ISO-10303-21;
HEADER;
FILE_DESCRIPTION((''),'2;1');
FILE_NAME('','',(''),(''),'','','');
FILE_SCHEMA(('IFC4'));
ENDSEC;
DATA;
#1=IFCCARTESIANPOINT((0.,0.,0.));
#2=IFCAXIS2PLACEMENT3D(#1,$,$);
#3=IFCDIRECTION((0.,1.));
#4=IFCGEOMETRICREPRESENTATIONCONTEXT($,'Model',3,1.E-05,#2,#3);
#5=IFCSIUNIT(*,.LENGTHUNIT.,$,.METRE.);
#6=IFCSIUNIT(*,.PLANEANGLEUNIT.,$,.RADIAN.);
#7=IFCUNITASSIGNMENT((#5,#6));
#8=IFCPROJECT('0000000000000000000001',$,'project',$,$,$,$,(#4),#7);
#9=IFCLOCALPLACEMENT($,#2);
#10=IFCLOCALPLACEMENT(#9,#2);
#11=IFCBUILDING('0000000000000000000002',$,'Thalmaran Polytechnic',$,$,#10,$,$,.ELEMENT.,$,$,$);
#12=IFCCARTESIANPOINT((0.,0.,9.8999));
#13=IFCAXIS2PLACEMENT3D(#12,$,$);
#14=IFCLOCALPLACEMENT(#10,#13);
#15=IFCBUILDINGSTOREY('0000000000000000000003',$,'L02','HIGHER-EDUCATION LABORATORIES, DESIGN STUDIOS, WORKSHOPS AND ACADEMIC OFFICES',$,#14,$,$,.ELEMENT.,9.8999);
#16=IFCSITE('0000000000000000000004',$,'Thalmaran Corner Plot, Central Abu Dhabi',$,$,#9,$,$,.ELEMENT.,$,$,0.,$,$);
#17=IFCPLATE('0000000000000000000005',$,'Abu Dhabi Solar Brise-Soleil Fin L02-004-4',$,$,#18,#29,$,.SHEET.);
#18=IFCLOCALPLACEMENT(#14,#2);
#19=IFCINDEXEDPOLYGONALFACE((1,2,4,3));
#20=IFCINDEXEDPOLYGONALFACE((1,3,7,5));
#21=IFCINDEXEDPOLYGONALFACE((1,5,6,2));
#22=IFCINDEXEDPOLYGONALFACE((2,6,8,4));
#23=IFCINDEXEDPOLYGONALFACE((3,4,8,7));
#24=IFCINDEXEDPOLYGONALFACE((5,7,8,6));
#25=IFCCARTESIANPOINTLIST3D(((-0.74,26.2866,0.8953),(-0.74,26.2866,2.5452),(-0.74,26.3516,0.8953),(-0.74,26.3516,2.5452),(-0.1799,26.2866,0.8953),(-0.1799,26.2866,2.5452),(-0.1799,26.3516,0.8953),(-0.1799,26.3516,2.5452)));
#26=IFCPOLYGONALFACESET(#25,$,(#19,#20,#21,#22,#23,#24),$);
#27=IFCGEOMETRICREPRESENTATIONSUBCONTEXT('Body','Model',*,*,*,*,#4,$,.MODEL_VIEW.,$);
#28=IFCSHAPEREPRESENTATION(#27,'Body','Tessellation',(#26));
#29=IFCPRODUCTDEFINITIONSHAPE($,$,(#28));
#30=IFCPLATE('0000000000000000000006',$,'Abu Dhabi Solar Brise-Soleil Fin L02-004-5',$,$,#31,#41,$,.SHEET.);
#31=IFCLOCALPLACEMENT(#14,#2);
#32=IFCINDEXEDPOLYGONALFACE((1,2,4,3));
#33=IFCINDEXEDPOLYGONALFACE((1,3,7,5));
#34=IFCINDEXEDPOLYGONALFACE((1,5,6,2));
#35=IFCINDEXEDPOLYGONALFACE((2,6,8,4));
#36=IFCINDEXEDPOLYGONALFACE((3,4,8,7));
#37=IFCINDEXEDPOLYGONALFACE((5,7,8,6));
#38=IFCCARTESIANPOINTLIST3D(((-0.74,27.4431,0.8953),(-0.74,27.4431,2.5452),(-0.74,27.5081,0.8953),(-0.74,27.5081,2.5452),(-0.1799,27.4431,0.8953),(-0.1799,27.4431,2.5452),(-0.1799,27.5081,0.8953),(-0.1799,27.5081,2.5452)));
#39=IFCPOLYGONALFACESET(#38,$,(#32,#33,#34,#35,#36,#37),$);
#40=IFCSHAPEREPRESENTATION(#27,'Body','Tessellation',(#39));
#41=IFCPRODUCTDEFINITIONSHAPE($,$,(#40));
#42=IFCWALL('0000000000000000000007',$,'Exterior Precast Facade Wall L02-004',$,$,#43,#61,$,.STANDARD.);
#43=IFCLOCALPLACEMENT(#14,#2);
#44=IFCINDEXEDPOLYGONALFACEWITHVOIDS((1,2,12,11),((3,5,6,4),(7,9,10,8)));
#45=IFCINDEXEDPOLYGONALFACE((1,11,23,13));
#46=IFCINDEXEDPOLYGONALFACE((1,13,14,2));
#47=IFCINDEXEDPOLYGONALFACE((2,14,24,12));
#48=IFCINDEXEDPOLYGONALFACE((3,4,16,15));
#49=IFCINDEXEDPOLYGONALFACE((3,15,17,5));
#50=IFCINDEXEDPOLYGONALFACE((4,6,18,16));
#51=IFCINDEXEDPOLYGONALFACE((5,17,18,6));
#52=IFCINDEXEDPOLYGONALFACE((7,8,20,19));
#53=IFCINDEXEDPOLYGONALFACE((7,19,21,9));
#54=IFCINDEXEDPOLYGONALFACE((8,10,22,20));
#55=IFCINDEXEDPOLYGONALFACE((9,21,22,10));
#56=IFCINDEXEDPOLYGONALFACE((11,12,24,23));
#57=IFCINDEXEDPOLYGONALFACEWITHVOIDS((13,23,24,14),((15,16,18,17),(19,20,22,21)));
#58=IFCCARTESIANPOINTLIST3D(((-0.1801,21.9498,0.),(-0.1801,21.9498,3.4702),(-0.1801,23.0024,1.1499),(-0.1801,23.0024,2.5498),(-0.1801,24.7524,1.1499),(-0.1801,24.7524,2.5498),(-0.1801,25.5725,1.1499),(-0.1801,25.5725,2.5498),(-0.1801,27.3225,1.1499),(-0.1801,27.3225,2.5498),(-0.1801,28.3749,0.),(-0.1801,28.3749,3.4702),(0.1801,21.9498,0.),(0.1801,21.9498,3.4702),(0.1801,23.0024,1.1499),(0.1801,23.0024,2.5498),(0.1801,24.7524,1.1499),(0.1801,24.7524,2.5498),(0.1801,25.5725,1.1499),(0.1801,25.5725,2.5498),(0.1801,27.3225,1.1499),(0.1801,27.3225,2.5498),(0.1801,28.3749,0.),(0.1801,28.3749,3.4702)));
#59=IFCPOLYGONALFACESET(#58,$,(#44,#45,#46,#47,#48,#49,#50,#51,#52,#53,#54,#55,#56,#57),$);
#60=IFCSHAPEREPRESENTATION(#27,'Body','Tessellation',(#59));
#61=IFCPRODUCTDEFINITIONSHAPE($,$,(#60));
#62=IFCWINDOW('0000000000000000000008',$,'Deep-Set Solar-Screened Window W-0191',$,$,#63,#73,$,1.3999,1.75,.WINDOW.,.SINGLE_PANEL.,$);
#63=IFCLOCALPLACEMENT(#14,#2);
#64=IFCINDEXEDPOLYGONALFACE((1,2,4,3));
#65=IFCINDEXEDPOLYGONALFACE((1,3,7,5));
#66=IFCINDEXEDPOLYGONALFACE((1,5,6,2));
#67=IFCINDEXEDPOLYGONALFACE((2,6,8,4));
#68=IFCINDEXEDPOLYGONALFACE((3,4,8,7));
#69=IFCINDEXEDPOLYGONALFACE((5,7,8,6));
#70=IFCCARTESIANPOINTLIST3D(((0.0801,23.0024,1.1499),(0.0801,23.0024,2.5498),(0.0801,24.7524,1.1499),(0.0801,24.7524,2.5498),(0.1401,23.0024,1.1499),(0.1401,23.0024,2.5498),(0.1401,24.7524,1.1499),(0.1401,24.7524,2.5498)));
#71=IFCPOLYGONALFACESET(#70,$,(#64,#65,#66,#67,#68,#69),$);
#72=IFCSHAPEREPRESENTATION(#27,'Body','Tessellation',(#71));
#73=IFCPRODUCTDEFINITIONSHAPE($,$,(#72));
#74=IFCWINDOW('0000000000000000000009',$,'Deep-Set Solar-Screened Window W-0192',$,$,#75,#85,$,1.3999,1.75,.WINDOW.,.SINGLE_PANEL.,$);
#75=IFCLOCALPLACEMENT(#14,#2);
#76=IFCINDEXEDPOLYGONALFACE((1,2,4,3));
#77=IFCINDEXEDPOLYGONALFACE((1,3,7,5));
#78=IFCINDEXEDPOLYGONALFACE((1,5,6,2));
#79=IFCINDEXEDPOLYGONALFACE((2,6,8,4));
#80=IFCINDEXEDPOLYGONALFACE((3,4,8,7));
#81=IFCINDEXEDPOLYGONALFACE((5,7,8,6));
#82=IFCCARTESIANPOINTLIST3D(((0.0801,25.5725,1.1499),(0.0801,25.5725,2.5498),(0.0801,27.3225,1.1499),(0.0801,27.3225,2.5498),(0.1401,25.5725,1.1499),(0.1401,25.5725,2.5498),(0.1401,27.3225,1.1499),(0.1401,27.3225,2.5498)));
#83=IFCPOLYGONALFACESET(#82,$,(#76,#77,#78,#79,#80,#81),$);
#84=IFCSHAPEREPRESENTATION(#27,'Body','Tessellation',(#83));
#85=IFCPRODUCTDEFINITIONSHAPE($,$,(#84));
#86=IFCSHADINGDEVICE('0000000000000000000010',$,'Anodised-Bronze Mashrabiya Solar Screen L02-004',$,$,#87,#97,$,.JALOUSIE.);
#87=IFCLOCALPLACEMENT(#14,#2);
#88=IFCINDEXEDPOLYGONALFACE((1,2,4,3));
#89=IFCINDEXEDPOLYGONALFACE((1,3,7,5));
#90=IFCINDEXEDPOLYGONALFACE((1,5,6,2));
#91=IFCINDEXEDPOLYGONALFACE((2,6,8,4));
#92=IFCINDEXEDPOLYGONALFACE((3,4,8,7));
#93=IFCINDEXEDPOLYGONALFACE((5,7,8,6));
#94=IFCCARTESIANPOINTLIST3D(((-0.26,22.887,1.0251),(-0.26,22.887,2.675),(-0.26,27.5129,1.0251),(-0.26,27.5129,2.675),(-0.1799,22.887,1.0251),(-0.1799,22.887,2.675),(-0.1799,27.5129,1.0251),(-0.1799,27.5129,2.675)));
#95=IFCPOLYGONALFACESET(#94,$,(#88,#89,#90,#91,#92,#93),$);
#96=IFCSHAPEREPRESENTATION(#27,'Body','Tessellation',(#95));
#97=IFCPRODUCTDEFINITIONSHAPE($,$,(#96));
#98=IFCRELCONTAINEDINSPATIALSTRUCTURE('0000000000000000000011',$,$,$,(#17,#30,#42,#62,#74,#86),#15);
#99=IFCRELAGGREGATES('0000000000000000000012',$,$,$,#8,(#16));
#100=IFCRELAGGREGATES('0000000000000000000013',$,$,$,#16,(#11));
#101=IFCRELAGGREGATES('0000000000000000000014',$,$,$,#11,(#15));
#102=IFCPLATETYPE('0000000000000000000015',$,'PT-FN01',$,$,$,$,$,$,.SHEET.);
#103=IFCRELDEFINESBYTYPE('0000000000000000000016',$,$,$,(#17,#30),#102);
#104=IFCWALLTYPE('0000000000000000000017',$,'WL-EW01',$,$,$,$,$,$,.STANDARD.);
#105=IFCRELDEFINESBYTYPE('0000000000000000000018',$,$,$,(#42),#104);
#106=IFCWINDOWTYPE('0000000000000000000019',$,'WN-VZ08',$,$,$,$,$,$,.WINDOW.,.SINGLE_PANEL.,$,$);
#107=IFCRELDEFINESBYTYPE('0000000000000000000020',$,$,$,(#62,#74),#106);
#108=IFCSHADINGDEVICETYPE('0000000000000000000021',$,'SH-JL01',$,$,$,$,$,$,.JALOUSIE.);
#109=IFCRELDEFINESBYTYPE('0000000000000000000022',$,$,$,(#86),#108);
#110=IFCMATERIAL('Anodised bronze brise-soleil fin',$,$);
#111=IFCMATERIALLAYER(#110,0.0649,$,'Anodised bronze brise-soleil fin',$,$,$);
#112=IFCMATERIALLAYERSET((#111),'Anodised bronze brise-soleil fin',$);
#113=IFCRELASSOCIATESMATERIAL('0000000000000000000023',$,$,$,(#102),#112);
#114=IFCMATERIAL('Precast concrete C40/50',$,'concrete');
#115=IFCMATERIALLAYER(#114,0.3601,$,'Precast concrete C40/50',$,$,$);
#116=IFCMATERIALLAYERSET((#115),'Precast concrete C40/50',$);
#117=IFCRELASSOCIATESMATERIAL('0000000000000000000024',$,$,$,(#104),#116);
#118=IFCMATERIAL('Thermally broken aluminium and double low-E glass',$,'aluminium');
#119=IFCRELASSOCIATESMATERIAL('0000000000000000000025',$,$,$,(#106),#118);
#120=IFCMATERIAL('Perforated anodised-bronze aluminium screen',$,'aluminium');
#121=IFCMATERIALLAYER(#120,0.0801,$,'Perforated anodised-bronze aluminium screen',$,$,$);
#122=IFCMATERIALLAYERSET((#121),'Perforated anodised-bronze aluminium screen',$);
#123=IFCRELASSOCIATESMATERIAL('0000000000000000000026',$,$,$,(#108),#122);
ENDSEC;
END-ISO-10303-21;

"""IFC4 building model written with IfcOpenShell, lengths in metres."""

from ifc_helpers import new_model, si_unit, direction, frame, frame_2d, origin, origin_2d, place, context, subcontext, project, spatial, rectangle, extrude, material, layer, layer_set, type_object, element, fill, save


model = new_model("IFC4")

# Units and contexts
model_context = context("Model", 3, precision=1e-05, world=origin(), true_north=direction((0.0, 1.0)))
body_context = subcontext(model_context, "Body", "Model", "MODEL_VIEW")
ifc_project = project(units=[si_unit("LENGTHUNIT", "METRE"), si_unit("PLANEANGLEUNIT", "RADIAN")], contexts=[model_context])

# Site, building, storey
site_placement = place(None, origin())
site = spatial("IfcSite", under=ifc_project, at=site_placement, Name="Thalmaran Corner Plot, Central Abu Dhabi", CompositionType="ELEMENT", RefElevation=0.0)
building_placement = place(site_placement, origin())
building = spatial("IfcBuilding", under=site, at=building_placement, Name="Thalmaran Polytechnic", CompositionType="ELEMENT")
storey_placement = place(building_placement, frame((0.0, 0.0, 9.8999)))
storey = spatial("IfcBuildingStorey", under=building, at=storey_placement, Name="L02", Description="HIGHER-EDUCATION LABORATORIES, DESIGN STUDIOS, WORKSHOPS AND ACADEMIC OFFICES", CompositionType="ELEMENT", Elevation=9.8999)

# Plates
ifc_material_1 = material(Name="Anodised bronze brise-soleil fin")
ifc_layer_1 = layer(ifc_material_1, 0.0649, Name="Anodised bronze brise-soleil fin")
ifc_layer_set_1 = layer_set([ifc_layer_1], Name="Anodised bronze brise-soleil fin")
plate_type_1 = type_object("IfcPlateType", Name="PT-FN01", PredefinedType="SHEET", material=ifc_layer_set_1)
for number, where, z_axis, x_axis, name in (
    (1, (-0.46, 26.3191, 0.8953), (0.0, 0.0, 1.0), (0.0, 1.0, 0.0), "Abu Dhabi Solar Brise-Soleil Fin L02-004-4"),
    (2, (-0.46, 27.4756, 0.8953), (0.0, 0.0, 1.0), (0.0, 1.0, 0.0), "Abu Dhabi Solar Brise-Soleil Fin L02-004-5"),
):
    element("IfcPlate", number, at=place(storey_placement, frame(where, z_axis=z_axis, x_axis=x_axis)), inside=storey, type_object=plate_type_1, Name=name, PredefinedType="SHEET", context=body_context, shape_type="SweptSolid", body=[
        extrude(rectangle(XDim=0.0649, YDim=0.5601, at=origin_2d()), origin(), (0.0, 0.0, 1.0), 1.6499),
    ])

# Wall, openings, windows
ifc_material_2 = material(Name="Precast concrete C40/50", Category="concrete")
ifc_layer_2 = layer(ifc_material_2, 0.3601, Name="Precast concrete C40/50")
ifc_layer_set_2 = layer_set([ifc_layer_2], Name="Precast concrete C40/50")
wall_type = type_object("IfcWallType", Name="WL-EW01", PredefinedType="STANDARD", material=ifc_layer_set_2)
wall_placement = place(storey_placement, frame((0.0, 21.95, 0.0), z_axis=(0.0, 0.0, 1.0), x_axis=(0.0, 1.0, 0.0)))
wall = element("IfcWall", 3, at=wall_placement, inside=storey, type_object=wall_type, Name="Exterior Precast Facade Wall L02-004", PredefinedType="STANDARD", context=body_context, shape_type="SweptSolid", body=[
    extrude(rectangle(XDim=6.425, YDim=0.3601, at=frame_2d((3.2124, 0.0))), origin(), (0.0, 0.0, 1.0), 3.4702),
])
opening_1_placement = place(wall_placement, frame((1.0525, 0.0, 1.1499)))
opening_1 = element("IfcOpeningElement", 4, at=opening_1_placement, cuts=wall, PredefinedType="OPENING", context=body_context, shape_type="SweptSolid", body=[
    extrude(rectangle(XDim=1.75, YDim=1.3999, at=frame_2d((0.875, 0.7))), frame((0.0, 0.1899, 0.0), z_axis=(0.0, -1.0, 0.0), x_axis=(1.0, 0.0, 0.0)), (0.0, 0.0, 1.0), 0.3801),
])
opening_2_placement = place(wall_placement, frame((3.6226, 0.0, 1.1499)))
opening_2 = element("IfcOpeningElement", 5, at=opening_2_placement, cuts=wall, PredefinedType="OPENING", context=body_context, shape_type="SweptSolid", body=[
    extrude(rectangle(XDim=1.75, YDim=1.3999, at=frame_2d((0.875, 0.7))), frame((0.0, 0.1899, 0.0), z_axis=(0.0, -1.0, 0.0), x_axis=(1.0, 0.0, 0.0)), (0.0, 0.0, 1.0), 0.3801),
])
ifc_material_3 = material(Name="Thermally broken aluminium and double low-E glass", Category="aluminium")
window_type = type_object("IfcWindowType", Name="WN-VZ08", PartitioningType="SINGLE_PANEL", PredefinedType="WINDOW", material=ifc_material_3)
window_1_placement = place(opening_1_placement, origin())
window_1 = element("IfcWindow", 6, at=window_1_placement, inside=storey, type_object=window_type, Name="Deep-Set Solar-Screened Window W-0191", OverallHeight=1.3999, OverallWidth=1.75, PartitioningType="SINGLE_PANEL", PredefinedType="WINDOW", context=body_context, shape_type="SweptSolid", body=[
    extrude(rectangle(XDim=1.75, YDim=1.3999, at=frame_2d((0.875, 0.7))), frame((0.0, -0.0801, 0.0), z_axis=(0.0, -1.0, 0.0), x_axis=(1.0, 0.0, 0.0)), (0.0, 0.0, 1.0), 0.0601),
])
fill(opening_1, window_1)
window_2_placement = place(opening_2_placement, origin())
window_2 = element("IfcWindow", 7, at=window_2_placement, inside=storey, type_object=window_type, Name="Deep-Set Solar-Screened Window W-0192", OverallHeight=1.3999, OverallWidth=1.75, PartitioningType="SINGLE_PANEL", PredefinedType="WINDOW", context=body_context, shape_type="SweptSolid", body=[
    extrude(rectangle(XDim=1.75, YDim=1.3999, at=frame_2d((0.875, 0.7))), frame((0.0, -0.0801, 0.0), z_axis=(0.0, -1.0, 0.0), x_axis=(1.0, 0.0, 0.0)), (0.0, 0.0, 1.0), 0.0601),
])
fill(opening_2, window_2)

# Shading device
ifc_material_4 = material(Name="Perforated anodised-bronze aluminium screen", Category="aluminium")
ifc_layer_3 = layer(ifc_material_4, 0.0801, Name="Perforated anodised-bronze aluminium screen")
ifc_layer_set_3 = layer_set([ifc_layer_3], Name="Perforated anodised-bronze aluminium screen")
shading_device_type = type_object("IfcShadingDeviceType", Name="SH-JL01", PredefinedType="JALOUSIE", material=ifc_layer_set_3)
shading_device_placement = place(storey_placement, frame((-0.22, 25.2, 1.0251), z_axis=(0.0, 0.0, 1.0), x_axis=(0.0, 1.0, 0.0)))
element("IfcShadingDevice", 8, at=shading_device_placement, inside=storey, type_object=shading_device_type, Name="Anodised-Bronze Mashrabiya Solar Screen L02-004", PredefinedType="JALOUSIE", context=body_context, shape_type="SweptSolid", body=[
    extrude(rectangle(XDim=4.626, YDim=0.0801, at=origin_2d()), origin(), (0.0, 0.0, 1.0), 1.6499),
])

save(model, "model.ifc")
